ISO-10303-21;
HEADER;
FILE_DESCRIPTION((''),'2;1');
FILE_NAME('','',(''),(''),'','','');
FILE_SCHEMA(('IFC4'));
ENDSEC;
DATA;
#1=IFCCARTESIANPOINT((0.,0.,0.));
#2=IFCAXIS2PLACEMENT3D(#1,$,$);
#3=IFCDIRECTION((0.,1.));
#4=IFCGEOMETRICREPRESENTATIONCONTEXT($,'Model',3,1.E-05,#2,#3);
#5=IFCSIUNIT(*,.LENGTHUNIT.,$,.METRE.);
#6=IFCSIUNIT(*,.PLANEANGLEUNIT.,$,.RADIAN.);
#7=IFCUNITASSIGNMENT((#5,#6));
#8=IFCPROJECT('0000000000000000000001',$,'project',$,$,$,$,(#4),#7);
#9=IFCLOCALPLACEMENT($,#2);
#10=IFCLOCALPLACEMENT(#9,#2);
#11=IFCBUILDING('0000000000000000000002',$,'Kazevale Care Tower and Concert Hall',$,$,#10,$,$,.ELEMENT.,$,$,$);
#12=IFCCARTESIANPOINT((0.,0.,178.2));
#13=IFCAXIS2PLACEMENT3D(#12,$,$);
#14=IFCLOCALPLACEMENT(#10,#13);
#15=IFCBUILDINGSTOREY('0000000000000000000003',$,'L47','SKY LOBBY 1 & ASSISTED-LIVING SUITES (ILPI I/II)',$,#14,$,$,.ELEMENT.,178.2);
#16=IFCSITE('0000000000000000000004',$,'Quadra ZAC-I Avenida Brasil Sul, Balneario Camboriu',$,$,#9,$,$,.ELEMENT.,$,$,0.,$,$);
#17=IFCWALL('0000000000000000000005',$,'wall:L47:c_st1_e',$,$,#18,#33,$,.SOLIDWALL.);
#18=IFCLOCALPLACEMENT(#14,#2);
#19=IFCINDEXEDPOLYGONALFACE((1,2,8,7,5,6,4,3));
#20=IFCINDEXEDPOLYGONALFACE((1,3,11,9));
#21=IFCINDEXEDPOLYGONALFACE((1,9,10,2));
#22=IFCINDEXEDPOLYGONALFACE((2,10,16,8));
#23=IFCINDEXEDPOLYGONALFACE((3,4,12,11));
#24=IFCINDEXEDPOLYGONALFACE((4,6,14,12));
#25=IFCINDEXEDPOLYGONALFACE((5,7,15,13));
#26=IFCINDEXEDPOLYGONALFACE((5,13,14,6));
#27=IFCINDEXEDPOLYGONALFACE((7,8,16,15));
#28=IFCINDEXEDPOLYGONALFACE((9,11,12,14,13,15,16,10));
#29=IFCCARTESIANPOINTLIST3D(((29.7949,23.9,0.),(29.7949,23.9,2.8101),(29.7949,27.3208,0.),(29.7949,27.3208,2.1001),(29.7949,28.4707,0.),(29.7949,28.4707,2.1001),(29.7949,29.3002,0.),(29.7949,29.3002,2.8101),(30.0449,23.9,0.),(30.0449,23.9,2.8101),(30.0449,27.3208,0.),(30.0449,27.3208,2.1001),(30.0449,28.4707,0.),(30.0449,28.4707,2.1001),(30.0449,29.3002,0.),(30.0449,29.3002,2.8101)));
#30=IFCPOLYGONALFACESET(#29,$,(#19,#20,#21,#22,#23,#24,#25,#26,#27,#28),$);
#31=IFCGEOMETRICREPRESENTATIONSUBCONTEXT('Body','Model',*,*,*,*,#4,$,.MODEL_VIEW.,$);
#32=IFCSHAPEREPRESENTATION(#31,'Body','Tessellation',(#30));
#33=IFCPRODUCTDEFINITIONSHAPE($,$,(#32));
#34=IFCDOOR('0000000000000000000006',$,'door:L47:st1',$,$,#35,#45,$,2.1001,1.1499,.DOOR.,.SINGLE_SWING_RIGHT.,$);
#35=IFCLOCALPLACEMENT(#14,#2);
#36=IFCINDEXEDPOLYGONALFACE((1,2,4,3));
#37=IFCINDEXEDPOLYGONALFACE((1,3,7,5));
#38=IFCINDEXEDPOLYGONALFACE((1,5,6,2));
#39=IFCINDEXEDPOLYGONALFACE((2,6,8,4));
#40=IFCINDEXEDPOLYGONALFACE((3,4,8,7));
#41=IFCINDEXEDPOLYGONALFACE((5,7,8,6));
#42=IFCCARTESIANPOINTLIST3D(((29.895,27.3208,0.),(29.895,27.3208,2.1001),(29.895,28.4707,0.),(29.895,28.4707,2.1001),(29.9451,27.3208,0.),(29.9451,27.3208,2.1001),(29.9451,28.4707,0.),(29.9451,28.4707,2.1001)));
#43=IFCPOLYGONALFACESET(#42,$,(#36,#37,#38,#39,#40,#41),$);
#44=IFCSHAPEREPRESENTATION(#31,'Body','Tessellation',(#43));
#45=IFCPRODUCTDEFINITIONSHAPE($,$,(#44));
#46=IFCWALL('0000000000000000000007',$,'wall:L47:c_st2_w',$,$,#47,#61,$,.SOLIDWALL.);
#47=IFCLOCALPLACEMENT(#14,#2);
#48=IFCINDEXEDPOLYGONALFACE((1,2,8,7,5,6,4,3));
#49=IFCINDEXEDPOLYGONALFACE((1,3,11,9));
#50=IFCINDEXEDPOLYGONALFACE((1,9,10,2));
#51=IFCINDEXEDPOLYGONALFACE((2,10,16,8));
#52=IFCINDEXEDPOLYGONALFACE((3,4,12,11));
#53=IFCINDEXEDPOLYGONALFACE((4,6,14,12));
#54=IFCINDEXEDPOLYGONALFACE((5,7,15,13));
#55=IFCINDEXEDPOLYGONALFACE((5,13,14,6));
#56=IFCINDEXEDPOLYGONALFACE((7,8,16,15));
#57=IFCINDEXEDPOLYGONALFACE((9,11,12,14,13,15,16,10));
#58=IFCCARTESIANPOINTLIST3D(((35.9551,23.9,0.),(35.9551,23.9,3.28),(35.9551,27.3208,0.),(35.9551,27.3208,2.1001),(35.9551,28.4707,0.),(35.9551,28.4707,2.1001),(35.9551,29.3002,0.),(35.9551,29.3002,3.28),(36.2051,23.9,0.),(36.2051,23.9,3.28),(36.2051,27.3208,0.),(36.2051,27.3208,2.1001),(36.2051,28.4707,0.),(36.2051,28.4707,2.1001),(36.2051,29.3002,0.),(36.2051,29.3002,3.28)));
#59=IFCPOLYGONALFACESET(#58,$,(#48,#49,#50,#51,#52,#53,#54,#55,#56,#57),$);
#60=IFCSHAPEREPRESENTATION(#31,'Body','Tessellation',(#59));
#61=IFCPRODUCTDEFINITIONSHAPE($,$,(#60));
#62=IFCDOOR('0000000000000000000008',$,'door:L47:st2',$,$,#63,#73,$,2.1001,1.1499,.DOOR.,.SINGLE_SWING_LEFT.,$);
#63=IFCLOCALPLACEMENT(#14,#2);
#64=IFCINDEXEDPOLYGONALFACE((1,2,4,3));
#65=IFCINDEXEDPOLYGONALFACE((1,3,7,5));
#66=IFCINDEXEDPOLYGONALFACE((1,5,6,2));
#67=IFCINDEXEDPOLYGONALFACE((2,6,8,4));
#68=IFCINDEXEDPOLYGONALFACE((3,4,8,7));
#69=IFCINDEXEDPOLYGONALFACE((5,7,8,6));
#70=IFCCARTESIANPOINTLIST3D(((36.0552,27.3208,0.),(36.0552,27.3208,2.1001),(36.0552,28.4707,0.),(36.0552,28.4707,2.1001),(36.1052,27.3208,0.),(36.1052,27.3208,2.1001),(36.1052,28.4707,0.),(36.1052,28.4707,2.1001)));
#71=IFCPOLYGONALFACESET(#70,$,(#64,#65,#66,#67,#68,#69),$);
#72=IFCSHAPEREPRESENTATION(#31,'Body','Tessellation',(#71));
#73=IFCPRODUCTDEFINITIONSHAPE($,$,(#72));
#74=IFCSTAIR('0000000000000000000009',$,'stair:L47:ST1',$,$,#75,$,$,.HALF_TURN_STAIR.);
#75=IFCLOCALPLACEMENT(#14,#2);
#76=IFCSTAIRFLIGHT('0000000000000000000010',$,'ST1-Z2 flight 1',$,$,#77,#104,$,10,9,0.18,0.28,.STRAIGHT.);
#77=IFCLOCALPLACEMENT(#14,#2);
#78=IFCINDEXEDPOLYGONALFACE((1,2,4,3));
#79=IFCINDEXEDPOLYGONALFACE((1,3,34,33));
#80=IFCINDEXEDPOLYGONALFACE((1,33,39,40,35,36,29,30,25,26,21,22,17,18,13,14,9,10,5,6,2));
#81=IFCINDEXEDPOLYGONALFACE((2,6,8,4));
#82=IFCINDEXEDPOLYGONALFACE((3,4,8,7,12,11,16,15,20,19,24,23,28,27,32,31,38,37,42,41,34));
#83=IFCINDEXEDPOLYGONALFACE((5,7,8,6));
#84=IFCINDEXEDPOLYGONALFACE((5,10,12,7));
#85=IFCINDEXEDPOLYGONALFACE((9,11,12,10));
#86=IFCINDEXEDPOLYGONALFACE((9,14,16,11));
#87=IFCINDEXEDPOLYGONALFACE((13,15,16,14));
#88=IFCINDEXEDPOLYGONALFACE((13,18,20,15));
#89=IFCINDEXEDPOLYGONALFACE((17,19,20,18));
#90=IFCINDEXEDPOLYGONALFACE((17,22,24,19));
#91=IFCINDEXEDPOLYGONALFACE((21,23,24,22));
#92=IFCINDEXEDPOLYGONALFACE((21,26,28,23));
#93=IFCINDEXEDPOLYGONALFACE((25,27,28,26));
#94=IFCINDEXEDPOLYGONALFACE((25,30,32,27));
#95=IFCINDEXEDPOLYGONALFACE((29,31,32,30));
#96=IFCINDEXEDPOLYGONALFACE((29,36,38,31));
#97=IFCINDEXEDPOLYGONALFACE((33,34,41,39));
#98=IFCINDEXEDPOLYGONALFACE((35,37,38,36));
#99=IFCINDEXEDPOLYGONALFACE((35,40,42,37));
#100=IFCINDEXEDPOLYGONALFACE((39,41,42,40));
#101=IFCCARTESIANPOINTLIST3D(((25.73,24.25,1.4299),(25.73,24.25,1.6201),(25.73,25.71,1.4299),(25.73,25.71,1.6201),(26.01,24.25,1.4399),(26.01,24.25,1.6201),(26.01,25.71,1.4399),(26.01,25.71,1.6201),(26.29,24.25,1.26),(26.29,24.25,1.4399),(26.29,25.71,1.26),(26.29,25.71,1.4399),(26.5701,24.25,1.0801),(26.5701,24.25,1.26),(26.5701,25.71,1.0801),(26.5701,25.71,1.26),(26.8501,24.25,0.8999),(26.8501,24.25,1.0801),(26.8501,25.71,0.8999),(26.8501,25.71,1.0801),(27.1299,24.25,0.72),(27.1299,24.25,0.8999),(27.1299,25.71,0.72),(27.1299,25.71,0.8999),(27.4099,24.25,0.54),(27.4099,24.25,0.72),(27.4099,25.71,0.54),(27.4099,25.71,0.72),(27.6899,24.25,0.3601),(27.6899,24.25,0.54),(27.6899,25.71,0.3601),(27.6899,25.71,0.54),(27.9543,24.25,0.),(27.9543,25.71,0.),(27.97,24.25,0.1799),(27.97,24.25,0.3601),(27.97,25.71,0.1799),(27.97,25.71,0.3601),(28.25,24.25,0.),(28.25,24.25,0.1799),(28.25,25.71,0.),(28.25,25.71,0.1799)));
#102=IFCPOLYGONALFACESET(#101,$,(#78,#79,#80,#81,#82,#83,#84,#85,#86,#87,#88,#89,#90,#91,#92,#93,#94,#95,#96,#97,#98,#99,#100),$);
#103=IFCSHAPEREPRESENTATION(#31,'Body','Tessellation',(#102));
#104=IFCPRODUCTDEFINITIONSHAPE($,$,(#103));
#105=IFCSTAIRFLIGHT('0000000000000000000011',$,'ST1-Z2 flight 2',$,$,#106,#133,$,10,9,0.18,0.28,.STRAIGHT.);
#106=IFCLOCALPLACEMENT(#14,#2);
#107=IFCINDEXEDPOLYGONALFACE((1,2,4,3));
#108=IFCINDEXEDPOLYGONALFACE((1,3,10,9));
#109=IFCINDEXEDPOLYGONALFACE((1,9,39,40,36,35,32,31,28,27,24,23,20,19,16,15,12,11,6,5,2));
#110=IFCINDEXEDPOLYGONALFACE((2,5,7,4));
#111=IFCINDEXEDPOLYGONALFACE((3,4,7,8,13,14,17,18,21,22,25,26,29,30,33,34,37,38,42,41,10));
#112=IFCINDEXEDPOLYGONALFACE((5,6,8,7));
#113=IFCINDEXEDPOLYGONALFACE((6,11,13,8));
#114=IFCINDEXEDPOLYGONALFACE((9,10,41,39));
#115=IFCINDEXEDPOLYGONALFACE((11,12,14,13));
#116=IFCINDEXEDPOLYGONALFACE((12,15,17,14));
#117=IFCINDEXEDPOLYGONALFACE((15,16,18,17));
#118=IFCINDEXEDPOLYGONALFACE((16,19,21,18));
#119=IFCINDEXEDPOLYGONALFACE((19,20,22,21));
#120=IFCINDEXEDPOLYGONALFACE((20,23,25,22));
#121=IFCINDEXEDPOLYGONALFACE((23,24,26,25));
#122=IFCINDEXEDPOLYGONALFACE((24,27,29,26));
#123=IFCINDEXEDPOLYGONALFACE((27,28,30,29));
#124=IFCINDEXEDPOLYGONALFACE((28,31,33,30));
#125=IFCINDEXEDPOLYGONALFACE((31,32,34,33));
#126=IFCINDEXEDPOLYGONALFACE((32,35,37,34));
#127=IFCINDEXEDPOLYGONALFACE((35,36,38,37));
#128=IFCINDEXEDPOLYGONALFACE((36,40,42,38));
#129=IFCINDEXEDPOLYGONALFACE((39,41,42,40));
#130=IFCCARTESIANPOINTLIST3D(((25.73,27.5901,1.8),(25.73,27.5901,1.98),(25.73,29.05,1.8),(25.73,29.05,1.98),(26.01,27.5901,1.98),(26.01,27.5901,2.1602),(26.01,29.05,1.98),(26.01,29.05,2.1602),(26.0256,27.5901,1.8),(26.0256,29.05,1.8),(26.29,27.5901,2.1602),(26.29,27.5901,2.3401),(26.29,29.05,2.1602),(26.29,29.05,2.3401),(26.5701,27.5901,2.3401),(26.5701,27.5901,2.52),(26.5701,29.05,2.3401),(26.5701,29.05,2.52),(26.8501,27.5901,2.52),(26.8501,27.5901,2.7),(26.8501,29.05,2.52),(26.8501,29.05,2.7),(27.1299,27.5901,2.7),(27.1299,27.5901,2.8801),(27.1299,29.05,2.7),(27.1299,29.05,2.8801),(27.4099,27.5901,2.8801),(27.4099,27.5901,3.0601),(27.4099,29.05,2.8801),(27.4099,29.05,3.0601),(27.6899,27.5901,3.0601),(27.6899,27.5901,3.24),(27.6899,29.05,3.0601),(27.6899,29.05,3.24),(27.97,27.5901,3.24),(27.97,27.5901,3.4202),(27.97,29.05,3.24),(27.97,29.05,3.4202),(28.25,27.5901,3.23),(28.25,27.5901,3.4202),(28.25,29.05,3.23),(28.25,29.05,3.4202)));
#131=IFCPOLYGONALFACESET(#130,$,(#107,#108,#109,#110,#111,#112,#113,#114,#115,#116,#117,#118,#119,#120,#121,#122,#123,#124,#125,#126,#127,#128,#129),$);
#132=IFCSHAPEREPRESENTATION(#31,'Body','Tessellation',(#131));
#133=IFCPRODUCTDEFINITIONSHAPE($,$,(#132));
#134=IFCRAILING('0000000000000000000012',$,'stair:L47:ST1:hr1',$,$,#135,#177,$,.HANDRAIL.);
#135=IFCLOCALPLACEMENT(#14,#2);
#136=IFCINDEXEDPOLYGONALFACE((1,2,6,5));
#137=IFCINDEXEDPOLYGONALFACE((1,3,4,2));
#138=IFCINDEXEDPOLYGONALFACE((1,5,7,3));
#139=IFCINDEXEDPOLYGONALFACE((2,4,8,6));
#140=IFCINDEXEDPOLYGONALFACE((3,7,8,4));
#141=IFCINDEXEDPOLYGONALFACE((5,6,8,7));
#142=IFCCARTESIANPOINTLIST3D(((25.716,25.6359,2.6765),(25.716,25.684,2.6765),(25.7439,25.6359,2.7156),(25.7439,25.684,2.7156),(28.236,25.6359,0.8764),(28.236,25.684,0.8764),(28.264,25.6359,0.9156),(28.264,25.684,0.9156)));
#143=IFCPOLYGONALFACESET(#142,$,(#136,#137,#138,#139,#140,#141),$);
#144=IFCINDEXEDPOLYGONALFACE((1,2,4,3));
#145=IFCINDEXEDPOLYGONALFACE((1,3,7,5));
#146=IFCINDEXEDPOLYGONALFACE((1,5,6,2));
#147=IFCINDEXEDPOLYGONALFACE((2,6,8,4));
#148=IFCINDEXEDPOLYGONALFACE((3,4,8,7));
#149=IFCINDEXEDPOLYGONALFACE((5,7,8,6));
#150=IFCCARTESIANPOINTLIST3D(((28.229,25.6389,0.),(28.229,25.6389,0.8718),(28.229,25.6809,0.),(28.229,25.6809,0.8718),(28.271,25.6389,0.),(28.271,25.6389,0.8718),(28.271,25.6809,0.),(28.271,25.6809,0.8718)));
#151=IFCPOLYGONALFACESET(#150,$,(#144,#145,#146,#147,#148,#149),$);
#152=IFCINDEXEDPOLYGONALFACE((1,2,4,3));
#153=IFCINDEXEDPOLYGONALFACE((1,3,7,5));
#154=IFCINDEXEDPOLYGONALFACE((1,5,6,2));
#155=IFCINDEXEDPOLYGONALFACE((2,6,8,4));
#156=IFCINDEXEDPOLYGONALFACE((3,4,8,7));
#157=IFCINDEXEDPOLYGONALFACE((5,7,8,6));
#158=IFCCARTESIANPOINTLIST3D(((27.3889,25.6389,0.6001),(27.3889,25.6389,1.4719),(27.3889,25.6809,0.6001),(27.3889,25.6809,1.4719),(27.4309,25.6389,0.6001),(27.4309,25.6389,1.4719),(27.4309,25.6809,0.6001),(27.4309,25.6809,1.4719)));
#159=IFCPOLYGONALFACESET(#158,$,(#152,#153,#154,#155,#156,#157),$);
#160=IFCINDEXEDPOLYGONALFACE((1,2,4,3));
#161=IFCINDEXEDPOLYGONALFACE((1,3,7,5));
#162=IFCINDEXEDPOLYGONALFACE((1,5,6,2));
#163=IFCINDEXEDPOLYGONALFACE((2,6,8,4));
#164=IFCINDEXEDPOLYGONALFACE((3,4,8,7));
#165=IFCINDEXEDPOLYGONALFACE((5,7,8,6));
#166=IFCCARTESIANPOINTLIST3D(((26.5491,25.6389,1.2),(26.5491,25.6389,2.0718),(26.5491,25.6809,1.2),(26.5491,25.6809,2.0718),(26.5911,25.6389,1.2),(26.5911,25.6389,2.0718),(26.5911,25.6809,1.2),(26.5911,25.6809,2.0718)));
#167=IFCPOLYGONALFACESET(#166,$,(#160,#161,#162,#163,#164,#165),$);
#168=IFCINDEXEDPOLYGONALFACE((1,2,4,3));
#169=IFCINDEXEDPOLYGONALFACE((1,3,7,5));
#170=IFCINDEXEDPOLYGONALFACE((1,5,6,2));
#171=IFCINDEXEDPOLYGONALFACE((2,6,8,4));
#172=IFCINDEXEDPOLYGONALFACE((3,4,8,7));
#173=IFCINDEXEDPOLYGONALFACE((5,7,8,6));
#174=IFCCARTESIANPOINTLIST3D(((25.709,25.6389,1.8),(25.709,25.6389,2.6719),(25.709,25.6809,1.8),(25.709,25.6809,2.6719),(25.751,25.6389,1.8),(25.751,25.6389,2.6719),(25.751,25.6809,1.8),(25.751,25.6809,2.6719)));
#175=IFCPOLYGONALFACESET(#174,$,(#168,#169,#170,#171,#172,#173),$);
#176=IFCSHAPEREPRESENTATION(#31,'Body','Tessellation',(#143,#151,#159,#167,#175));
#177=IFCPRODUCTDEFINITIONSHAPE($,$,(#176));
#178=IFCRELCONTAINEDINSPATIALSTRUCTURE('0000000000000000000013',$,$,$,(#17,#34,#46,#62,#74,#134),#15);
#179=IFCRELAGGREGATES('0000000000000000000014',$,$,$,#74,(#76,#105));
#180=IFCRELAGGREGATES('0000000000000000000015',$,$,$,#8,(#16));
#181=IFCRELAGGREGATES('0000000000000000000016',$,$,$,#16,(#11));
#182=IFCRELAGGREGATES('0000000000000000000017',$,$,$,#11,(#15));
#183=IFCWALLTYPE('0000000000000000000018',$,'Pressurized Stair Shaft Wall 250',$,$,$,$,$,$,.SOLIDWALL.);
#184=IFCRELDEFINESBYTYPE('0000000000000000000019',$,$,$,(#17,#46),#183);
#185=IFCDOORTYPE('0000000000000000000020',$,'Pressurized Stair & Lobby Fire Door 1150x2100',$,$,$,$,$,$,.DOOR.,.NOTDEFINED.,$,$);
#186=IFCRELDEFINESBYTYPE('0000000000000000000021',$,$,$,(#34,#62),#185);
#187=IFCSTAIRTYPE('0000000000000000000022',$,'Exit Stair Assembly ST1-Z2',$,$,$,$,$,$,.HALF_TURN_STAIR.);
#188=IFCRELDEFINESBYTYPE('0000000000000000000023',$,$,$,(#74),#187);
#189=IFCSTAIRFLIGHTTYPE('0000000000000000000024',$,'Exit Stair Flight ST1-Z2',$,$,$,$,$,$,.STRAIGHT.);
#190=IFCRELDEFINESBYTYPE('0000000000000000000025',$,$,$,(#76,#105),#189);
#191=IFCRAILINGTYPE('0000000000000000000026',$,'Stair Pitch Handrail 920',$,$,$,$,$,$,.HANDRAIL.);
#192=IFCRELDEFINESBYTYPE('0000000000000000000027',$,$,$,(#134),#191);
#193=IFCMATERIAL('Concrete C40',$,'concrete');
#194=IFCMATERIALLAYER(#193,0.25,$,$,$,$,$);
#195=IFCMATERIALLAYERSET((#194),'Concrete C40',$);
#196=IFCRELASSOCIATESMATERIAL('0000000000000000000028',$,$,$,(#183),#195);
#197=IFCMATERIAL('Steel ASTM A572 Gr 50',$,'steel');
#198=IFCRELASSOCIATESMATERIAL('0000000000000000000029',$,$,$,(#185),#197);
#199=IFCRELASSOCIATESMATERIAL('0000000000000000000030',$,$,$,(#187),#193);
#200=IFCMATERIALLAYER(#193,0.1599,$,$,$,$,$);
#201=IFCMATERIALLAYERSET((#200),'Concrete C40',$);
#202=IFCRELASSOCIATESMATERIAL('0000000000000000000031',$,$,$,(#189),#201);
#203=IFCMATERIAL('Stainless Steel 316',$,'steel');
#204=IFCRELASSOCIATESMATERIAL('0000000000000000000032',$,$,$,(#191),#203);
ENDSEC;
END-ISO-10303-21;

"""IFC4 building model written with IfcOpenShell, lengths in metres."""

from ifc_helpers import new_model, si_unit, direction, frame, frame_2d, origin, origin_2d, place, context, subcontext, project, spatial, polyline, rectangle, outline, extrude, material, layer, layer_set, type_object, element, fill, aggregate, save


model = new_model("IFC4")

# Units and contexts
model_context = context("Model", 3, precision=1e-05, world=origin(), true_north=direction((0.0, 1.0)))
body_context = subcontext(model_context, "Body", "Model", "MODEL_VIEW")
ifc_project = project(units=[si_unit("LENGTHUNIT", "METRE"), si_unit("PLANEANGLEUNIT", "RADIAN")], contexts=[model_context])

# Site, building, storey
site_placement = place(None, origin())
site = spatial("IfcSite", under=ifc_project, at=site_placement, Name="Quadra ZAC-I Avenida Brasil Sul, Balneario Camboriu", CompositionType="ELEMENT", RefElevation=0.0)
building_placement = place(site_placement, origin())
building = spatial("IfcBuilding", under=site, at=building_placement, Name="Kazevale Care Tower and Concert Hall", CompositionType="ELEMENT")
storey_placement = place(building_placement, frame((0.0, 0.0, 178.2)))
storey = spatial("IfcBuildingStorey", under=building, at=storey_placement, Name="L47", Description="SKY LOBBY 1 & ASSISTED-LIVING SUITES (ILPI I/II)", CompositionType="ELEMENT", Elevation=178.2)

# Shared definitions
ifc_material_1 = material(Name="Steel ASTM A572 Gr 50", Category="steel")

# Shared definitions
ifc_material_2 = material(Name="Concrete C40", Category="concrete")
ifc_material_3 = material(Name="Stainless Steel 316", Category="steel")

# Walls, openings, doors
ifc_layer_1 = layer(ifc_material_2, 0.25)
ifc_layer_set_1 = layer_set([ifc_layer_1], Name="Concrete C40")
wall_type_1 = type_object("IfcWallType", Name="Pressurized Stair Shaft Wall 250", PredefinedType="SOLIDWALL", material=ifc_layer_set_1)
wall_1_placement = place(storey_placement, frame((29.9199, 23.8999, 0.0), z_axis=(0.0, 0.0, 1.0), x_axis=(0.0, 1.0, 0.0)))
wall_1 = element("IfcWall", 1, at=wall_1_placement, inside=storey, type_object=wall_type_1, Name="wall:L47:c_st1_e", PredefinedType="SOLIDWALL", context=body_context, shape_type="SweptSolid", body=[
    extrude(rectangle(XDim=5.4001, YDim=0.25, at=frame_2d((2.7002, 0.0))), origin(), (0.0, 0.0, 1.0), 2.8101),
])
opening_1_placement = place(wall_1_placement, frame((3.4209, 0.0, 0.0)))
opening_1 = element("IfcOpeningElement", 2, at=opening_1_placement, cuts=wall_1, PredefinedType="OPENING", context=body_context, shape_type="SweptSolid", body=[
    extrude(rectangle(XDim=1.1499, YDim=2.1001, at=frame_2d((0.575, 1.05))), frame((0.0, 0.135, 0.0), z_axis=(0.0, -1.0, 0.0), x_axis=(1.0, 0.0, 0.0)), (0.0, 0.0, 1.0), 0.27),
])
door_type_1 = type_object("IfcDoorType", Name="Pressurized Stair & Lobby Fire Door 1150x2100", OperationType="NOTDEFINED", PredefinedType="DOOR", material=ifc_material_1)
door_1_placement = place(opening_1_placement, origin())
door_1 = element("IfcDoor", 3, at=door_1_placement, inside=storey, type_object=door_type_1, Name="door:L47:st1", OperationType="SINGLE_SWING_RIGHT", OverallHeight=2.1001, OverallWidth=1.1499, PredefinedType="DOOR", context=body_context, shape_type="SweptSolid", body=[
    extrude(rectangle(XDim=1.1499, YDim=2.1001, at=frame_2d((0.575, 1.05))), frame((0.0, 0.0249, 0.0), z_axis=(0.0, -1.0, 0.0), x_axis=(1.0, 0.0, 0.0)), (0.0, 0.0, 1.0), 0.05),
])
fill(opening_1, door_1)
wall_2_placement = place(storey_placement, frame((36.0801, 23.8999, 0.0), z_axis=(0.0, 0.0, 1.0), x_axis=(0.0, 1.0, 0.0)))
wall_2 = element("IfcWall", 4, at=wall_2_placement, inside=storey, type_object=wall_type_1, Name="wall:L47:c_st2_w", PredefinedType="SOLIDWALL", context=body_context, shape_type="SweptSolid", body=[
    extrude(rectangle(XDim=5.4001, YDim=0.25, at=frame_2d((2.7002, 0.0))), origin(), (0.0, 0.0, 1.0), 3.28),
])
opening_2_placement = place(wall_2_placement, frame((3.4209, 0.0, 0.0)))
opening_2 = element("IfcOpeningElement", 5, at=opening_2_placement, cuts=wall_2, PredefinedType="OPENING", context=body_context, shape_type="SweptSolid", body=[
    extrude(rectangle(XDim=1.1499, YDim=2.1001, at=frame_2d((0.575, 1.05))), frame((0.0, 0.135, 0.0), z_axis=(0.0, -1.0, 0.0), x_axis=(1.0, 0.0, 0.0)), (0.0, 0.0, 1.0), 0.27),
])
door_2_placement = place(opening_2_placement, origin())
door_2 = element("IfcDoor", 6, at=door_2_placement, inside=storey, type_object=door_type_1, Name="door:L47:st2", OperationType="SINGLE_SWING_LEFT", OverallHeight=2.1001, OverallWidth=1.1499, PredefinedType="DOOR", context=body_context, shape_type="SweptSolid", body=[
    extrude(rectangle(XDim=1.1499, YDim=2.1001, at=frame_2d((0.575, 1.05))), frame((0.0, 0.0249, 0.0), z_axis=(0.0, -1.0, 0.0), x_axis=(1.0, 0.0, 0.0)), (0.0, 0.0, 1.0), 0.05),
])
fill(opening_2, door_2)

# Stair, stair flights
stair_type = type_object("IfcStairType", Name="Exit Stair Assembly ST1-Z2", PredefinedType="HALF_TURN_STAIR", material=ifc_material_2)
stair_placement = place(storey_placement, origin())
stair = element("IfcStair", 7, at=stair_placement, inside=storey, type_object=stair_type, Name="stair:L47:ST1", PredefinedType="HALF_TURN_STAIR")
ifc_layer_2 = layer(ifc_material_2, 0.1599)
ifc_layer_set_2 = layer_set([ifc_layer_2], Name="Concrete C40")
stair_flight_type = type_object("IfcStairFlightType", Name="Exit Stair Flight ST1-Z2", PredefinedType="STRAIGHT", material=ifc_layer_set_2)
stair_flight_1_placement = place(storey_placement, frame((28.25, 24.98, 0.0), z_axis=(0.0, 0.0, 1.0), x_axis=(-1.0, 0.0, 0.0)))
stair_flight_1 = element("IfcStairFlight", 8, at=stair_flight_1_placement, type_object=stair_flight_type, Name="ST1-Z2 flight 1", NumberOfRisers=10, NumberOfTreads=9, PredefinedType="STRAIGHT", RiserHeight=0.18, TreadLength=0.28, context=body_context, shape_type="SweptSolid", body=[
    extrude(outline(polyline([(0.0, 0.0), (0.0, 0.1799), (0.28, 0.1799), (0.28, 0.3601), (0.5601, 0.3601), (0.5601, 0.54), (0.8401, 0.54), (0.8401, 0.72), (1.1201, 0.72), (1.1201, 0.8999), (1.3999, 0.8999), (1.3999, 1.0801), (1.6799, 1.0801), (1.6799, 1.26), (1.96, 1.26), (1.96, 1.4399), (2.24, 1.4399), (2.24, 1.6201), (2.52, 1.6201), (2.52, 1.8), (2.52, 1.4299), (0.2957, 0.0), (0.0, 0.0)])), frame((0.0, 0.73, 0.0), z_axis=(0.0, -1.0, 0.0), x_axis=(1.0, 0.0, 0.0)), (0.0, 0.0, 1.0), 1.46),
])
stair_flight_2_placement = place(storey_placement, frame((25.73, 28.3201, 1.8), z_axis=(0.0, 0.0, 1.0), x_axis=(1.0, 0.0, 0.0)))
stair_flight_2 = element("IfcStairFlight", 9, at=stair_flight_2_placement, type_object=stair_flight_type, Name="ST1-Z2 flight 2", NumberOfRisers=10, NumberOfTreads=9, PredefinedType="STRAIGHT", RiserHeight=0.18, TreadLength=0.28, context=body_context, shape_type="SweptSolid", body=[
    extrude(outline(polyline([(0.0, 0.0), (0.0, 0.1799), (0.28, 0.1799), (0.28, 0.3601), (0.5601, 0.3601), (0.5601, 0.54), (0.8401, 0.54), (0.8401, 0.72), (1.1201, 0.72), (1.1201, 0.8999), (1.3999, 0.8999), (1.3999, 1.0801), (1.6799, 1.0801), (1.6799, 1.26), (1.96, 1.26), (1.96, 1.4399), (2.24, 1.4399), (2.24, 1.6201), (2.52, 1.6201), (2.52, 1.8), (2.52, 1.4299), (0.2957, 0.0), (0.0, 0.0)])), frame((0.0, 0.73, 0.0), z_axis=(0.0, -1.0, 0.0), x_axis=(1.0, 0.0, 0.0)), (0.0, 0.0, 1.0), 1.46),
])
aggregate(stair, [stair_flight_1, stair_flight_2])

# Railing
railing_type_1 = type_object("IfcRailingType", Name="Stair Pitch Handrail 920", PredefinedType="HANDRAIL", material=ifc_material_3)
railing_1_placement = place(storey_placement, frame((28.25, 25.6599, 0.0)))
element("IfcRailing", 10, at=railing_1_placement, inside=storey, type_object=railing_type_1, Name="stair:L47:ST1:hr1", PredefinedType="HANDRAIL", context=body_context, shape_type="SweptSolid", body=[
    extrude(rectangle(XDim=0.0481, YDim=0.0481, at=origin_2d()), frame((0.0, 0.0, 0.896), z_axis=(-0.813728, 0.0, 0.581246), x_axis=(0.0, -1.0, 0.0)), (0.0, 0.0, 1.0), 3.0969),
    extrude(rectangle(XDim=0.042, YDim=0.042, at=origin_2d()), origin(), (0.0, 0.0, 1.0), 0.8718),
    extrude(rectangle(XDim=0.042, YDim=0.042, at=origin_2d()), frame((-0.8401, 0.0, 0.6001)), (0.0, 0.0, 1.0), 0.8718),
    extrude(rectangle(XDim=0.042, YDim=0.042, at=origin_2d()), frame((-1.6799, 0.0, 1.2)), (0.0, 0.0, 1.0), 0.8718),
    extrude(rectangle(XDim=0.042, YDim=0.042, at=origin_2d()), frame((-2.52, 0.0, 1.8)), (0.0, 0.0, 1.0), 0.8718),
])

save(model, "model.ifc")
